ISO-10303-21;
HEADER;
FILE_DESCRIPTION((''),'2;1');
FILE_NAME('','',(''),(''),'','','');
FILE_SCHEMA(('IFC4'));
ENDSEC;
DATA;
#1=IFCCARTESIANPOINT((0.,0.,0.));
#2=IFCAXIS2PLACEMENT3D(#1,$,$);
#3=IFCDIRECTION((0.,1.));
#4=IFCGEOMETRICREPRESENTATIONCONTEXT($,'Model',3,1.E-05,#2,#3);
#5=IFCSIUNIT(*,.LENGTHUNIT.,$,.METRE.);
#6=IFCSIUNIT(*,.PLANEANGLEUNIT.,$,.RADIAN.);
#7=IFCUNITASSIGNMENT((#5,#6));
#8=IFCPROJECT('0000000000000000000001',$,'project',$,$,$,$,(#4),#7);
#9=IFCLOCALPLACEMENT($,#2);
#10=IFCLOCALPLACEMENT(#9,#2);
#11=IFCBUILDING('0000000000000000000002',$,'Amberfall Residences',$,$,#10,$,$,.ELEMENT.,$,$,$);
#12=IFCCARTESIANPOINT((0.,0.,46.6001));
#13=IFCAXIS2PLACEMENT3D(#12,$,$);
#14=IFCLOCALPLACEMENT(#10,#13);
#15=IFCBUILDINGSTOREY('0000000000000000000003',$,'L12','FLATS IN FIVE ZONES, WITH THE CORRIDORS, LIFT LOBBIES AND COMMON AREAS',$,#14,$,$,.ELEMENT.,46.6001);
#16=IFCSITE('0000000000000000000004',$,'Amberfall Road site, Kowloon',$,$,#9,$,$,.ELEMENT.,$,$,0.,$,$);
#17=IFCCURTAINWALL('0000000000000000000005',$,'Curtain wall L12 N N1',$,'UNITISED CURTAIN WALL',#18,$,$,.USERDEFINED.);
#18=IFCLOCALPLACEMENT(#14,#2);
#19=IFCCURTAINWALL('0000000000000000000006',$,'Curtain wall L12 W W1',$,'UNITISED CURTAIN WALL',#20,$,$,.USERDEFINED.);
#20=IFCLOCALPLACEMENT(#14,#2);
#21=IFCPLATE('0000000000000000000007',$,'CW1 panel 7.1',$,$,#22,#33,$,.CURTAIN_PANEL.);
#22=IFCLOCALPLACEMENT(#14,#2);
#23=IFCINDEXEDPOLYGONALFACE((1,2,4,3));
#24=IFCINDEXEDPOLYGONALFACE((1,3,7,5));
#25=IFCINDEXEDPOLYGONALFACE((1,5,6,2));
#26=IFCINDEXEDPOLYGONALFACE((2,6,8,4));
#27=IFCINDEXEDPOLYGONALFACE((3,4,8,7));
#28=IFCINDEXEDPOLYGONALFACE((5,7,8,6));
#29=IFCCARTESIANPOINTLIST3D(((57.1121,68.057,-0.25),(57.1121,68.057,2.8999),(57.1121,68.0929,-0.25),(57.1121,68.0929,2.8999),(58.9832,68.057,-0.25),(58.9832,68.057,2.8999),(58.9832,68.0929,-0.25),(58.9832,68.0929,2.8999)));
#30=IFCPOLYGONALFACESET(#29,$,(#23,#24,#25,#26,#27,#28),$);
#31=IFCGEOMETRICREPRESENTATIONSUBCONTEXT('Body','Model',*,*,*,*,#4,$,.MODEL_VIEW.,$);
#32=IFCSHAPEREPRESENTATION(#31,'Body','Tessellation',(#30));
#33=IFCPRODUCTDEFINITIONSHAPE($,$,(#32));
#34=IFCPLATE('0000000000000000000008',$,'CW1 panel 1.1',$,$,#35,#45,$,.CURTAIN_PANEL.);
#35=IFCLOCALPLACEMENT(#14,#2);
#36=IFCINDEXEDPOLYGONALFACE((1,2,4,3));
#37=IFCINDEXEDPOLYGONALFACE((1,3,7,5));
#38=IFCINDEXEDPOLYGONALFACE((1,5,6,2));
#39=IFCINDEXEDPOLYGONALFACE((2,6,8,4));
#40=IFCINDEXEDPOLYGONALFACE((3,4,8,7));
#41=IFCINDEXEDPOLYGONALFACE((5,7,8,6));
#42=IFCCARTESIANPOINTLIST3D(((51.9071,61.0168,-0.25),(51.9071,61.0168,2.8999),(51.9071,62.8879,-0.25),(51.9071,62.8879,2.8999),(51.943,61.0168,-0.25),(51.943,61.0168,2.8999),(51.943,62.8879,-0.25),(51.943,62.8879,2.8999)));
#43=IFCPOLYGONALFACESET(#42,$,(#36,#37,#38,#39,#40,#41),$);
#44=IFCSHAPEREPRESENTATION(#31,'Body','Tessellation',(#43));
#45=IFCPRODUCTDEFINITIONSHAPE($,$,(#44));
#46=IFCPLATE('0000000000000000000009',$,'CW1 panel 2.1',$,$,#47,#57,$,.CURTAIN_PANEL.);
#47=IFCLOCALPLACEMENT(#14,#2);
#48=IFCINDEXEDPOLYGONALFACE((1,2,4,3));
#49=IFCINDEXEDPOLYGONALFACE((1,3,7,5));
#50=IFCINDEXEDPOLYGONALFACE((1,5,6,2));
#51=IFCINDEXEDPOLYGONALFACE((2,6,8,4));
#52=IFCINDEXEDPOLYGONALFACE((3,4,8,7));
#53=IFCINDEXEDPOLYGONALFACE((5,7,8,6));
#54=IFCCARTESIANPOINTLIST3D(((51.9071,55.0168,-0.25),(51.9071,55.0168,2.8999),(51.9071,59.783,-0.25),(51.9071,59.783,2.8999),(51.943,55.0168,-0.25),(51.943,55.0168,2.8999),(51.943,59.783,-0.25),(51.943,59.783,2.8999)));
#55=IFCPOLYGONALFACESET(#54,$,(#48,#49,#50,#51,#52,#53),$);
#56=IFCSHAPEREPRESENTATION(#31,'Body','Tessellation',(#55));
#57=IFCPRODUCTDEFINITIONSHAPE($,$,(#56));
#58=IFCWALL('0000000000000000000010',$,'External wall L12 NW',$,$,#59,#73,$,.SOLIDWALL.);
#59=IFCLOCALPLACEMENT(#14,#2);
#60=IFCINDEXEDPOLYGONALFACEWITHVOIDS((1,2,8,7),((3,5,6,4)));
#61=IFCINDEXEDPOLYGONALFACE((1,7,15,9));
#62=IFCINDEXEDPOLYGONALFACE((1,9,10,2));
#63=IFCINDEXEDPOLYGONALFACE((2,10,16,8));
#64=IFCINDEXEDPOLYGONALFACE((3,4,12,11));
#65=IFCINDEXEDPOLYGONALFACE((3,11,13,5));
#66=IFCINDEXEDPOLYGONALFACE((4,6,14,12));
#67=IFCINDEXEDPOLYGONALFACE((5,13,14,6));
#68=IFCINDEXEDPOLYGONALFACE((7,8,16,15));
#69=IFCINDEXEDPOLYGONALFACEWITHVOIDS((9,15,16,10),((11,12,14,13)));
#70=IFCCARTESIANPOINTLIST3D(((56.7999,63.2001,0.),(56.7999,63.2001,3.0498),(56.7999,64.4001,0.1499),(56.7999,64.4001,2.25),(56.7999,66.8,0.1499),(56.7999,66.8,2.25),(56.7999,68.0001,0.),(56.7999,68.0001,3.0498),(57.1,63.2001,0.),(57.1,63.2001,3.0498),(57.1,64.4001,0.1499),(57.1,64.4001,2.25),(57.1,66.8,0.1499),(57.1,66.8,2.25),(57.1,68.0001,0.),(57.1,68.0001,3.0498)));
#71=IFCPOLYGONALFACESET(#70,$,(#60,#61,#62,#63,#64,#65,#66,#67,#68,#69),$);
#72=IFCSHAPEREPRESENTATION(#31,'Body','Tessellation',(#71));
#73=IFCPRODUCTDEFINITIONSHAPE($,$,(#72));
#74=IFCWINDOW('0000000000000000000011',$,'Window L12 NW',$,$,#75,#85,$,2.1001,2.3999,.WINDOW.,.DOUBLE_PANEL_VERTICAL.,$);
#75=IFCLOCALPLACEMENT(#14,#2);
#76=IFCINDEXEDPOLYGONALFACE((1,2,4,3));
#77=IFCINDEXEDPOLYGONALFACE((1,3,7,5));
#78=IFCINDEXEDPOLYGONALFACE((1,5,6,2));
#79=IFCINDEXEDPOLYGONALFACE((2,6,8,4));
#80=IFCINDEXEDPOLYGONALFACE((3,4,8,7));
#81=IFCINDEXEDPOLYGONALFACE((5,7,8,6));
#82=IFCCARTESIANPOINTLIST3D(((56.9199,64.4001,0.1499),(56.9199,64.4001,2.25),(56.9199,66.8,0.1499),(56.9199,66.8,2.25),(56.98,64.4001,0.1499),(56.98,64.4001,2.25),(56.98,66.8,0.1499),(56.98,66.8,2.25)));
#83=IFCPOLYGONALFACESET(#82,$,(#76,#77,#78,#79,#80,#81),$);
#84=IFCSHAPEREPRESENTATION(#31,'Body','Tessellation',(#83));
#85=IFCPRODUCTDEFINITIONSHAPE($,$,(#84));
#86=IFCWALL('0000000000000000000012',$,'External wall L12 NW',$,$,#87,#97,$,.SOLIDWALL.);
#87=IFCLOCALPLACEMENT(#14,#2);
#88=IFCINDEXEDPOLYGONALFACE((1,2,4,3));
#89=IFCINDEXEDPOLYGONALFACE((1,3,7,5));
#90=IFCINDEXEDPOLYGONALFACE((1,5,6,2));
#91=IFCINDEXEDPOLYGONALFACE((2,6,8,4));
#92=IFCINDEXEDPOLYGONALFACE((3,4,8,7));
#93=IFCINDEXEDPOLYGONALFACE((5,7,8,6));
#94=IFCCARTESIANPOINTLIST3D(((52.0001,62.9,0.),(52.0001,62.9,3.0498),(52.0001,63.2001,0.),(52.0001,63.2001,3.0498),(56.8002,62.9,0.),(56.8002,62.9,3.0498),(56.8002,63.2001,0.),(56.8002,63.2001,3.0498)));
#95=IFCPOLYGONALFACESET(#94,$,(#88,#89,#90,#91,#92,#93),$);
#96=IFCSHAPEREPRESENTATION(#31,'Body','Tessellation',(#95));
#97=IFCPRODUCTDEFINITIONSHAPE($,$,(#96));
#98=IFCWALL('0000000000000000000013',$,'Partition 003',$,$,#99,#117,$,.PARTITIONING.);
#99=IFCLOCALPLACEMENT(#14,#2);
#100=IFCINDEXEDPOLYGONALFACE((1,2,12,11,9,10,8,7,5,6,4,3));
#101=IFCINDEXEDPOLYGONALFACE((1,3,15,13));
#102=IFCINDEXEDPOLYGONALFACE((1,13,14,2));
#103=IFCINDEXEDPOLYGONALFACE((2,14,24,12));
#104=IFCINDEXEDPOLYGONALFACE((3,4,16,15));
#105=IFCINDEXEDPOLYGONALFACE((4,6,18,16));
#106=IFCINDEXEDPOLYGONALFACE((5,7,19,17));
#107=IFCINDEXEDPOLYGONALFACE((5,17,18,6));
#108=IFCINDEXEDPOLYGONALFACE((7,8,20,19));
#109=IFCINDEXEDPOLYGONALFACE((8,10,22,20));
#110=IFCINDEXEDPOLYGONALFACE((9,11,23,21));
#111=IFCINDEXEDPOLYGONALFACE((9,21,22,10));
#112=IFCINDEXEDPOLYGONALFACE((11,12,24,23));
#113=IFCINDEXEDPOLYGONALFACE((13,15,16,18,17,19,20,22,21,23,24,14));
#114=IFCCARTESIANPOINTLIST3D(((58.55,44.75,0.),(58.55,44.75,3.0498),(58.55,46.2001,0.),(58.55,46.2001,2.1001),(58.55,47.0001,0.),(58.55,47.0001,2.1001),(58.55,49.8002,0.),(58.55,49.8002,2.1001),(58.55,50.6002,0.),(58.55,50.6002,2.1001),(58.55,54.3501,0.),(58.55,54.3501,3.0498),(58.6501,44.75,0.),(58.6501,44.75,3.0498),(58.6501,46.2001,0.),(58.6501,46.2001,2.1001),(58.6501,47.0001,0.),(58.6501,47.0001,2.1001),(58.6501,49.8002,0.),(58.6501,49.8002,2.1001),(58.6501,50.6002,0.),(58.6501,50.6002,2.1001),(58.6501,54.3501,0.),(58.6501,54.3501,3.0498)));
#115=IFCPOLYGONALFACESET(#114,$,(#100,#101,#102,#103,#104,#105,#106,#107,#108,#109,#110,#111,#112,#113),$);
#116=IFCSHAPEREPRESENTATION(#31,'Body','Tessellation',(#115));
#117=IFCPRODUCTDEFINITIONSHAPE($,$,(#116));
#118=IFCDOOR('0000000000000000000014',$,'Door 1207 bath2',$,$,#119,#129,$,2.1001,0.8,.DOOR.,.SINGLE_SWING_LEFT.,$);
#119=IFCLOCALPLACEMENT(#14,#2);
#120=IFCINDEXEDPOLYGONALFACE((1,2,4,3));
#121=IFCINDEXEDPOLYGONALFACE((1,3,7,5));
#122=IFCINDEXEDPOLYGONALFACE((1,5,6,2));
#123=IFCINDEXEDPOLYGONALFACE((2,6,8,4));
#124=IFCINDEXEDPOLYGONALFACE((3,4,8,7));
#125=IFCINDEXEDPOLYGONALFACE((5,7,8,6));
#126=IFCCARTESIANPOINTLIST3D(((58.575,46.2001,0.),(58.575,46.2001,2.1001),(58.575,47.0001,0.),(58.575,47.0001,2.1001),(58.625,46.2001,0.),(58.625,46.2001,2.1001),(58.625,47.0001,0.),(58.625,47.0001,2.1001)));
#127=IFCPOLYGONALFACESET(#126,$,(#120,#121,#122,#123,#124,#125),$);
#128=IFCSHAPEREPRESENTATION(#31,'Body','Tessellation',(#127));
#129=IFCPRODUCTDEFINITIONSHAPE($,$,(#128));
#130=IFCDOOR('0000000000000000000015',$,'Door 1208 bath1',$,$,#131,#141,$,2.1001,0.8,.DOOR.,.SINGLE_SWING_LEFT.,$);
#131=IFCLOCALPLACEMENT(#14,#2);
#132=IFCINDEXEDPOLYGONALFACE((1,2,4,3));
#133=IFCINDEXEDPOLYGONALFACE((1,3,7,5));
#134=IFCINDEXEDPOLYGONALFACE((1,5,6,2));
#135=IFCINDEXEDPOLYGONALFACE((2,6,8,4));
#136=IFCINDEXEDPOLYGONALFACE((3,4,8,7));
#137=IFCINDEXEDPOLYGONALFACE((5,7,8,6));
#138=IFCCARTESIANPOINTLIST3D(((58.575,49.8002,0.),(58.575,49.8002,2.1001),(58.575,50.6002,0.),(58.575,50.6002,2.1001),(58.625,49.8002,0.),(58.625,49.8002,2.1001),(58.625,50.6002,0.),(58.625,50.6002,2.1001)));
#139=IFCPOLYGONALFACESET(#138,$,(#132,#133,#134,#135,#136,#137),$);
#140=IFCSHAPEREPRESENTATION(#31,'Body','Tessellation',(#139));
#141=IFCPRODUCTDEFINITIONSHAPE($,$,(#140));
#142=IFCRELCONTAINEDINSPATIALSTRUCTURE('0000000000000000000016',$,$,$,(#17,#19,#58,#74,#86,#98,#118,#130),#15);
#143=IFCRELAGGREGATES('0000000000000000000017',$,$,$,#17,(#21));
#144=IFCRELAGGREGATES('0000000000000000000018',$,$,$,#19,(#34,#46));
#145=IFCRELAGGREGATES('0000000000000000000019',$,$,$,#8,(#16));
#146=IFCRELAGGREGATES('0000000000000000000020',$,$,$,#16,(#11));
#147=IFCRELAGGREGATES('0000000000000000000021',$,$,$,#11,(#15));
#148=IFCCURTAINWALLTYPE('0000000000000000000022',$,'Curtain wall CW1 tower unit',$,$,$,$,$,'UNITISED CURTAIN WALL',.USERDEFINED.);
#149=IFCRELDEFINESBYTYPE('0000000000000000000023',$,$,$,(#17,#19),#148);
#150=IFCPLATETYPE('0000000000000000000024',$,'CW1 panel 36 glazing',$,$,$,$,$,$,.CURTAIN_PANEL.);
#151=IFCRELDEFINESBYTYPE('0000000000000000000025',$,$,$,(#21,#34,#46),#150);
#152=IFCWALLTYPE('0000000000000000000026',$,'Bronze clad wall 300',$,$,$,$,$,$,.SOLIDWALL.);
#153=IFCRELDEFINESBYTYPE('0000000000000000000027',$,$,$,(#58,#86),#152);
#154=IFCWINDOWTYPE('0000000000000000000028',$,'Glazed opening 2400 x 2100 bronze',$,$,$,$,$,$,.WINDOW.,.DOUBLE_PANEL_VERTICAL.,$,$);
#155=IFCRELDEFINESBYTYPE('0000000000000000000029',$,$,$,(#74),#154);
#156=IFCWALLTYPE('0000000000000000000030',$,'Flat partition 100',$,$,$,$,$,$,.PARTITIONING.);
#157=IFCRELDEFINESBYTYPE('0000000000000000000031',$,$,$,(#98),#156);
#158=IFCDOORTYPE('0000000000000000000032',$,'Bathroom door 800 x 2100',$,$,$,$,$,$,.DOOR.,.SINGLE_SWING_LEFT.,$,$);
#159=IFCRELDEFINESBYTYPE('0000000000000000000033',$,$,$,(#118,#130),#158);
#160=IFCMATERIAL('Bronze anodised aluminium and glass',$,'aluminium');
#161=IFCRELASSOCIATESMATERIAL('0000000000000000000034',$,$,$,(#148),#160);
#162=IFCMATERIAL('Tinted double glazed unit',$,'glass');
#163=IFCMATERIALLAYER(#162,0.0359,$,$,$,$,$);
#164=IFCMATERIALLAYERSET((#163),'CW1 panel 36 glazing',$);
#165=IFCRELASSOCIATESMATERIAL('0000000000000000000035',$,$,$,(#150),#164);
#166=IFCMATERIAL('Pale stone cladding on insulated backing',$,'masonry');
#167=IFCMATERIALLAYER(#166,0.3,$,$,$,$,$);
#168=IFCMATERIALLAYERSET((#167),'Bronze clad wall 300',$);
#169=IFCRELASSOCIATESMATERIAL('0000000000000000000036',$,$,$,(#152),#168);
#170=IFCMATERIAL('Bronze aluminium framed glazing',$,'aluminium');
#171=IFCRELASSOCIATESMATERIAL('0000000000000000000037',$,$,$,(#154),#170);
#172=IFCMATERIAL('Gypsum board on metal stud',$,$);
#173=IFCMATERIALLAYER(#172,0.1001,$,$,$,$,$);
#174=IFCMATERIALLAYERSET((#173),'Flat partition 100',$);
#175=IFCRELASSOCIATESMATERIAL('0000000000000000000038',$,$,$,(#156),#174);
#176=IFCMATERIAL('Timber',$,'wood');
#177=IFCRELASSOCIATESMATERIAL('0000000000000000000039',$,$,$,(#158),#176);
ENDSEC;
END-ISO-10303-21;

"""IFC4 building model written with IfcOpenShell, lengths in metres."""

from ifc_helpers import new_model, si_unit, direction, frame, frame_2d, origin, origin_2d, place, context, subcontext, project, spatial, rectangle, extrude, material, layer, layer_set, type_object, element, fill, aggregate, save


model = new_model("IFC4")

# Units and contexts
model_context = context("Model", 3, precision=1e-05, world=origin(), true_north=direction((0.0, 1.0)))
body_context = subcontext(model_context, "Body", "Model", "MODEL_VIEW")
ifc_project = project(units=[si_unit("LENGTHUNIT", "METRE"), si_unit("PLANEANGLEUNIT", "RADIAN")], contexts=[model_context])

# Site, building, storey
site_placement = place(None, origin())
site = spatial("IfcSite", under=ifc_project, at=site_placement, Name="Amberfall Road site, Kowloon", CompositionType="ELEMENT", RefElevation=0.0)
building_placement = place(site_placement, origin())
building = spatial("IfcBuilding", under=site, at=building_placement, Name="Amberfall Residences", CompositionType="ELEMENT")
storey_placement = place(building_placement, frame((0.0, 0.0, 46.6001)))
storey = spatial("IfcBuildingStorey", under=building, at=storey_placement, Name="L12", Description="FLATS IN FIVE ZONES, WITH THE CORRIDORS, LIFT LOBBIES AND COMMON AREAS", CompositionType="ELEMENT", Elevation=46.6001)

# Curtain wall
ifc_material_1 = material(Name="Bronze anodised aluminium and glass", Category="aluminium")
curtain_wall_type = type_object("IfcCurtainWallType", Name="Curtain wall CW1 tower unit", ElementType="UNITISED CURTAIN WALL", PredefinedType="USERDEFINED", material=ifc_material_1)
curtain_wall_1_placement = place(storey_placement, origin())
curtain_wall_1 = element("IfcCurtainWall", 1, at=curtain_wall_1_placement, inside=storey, type_object=curtain_wall_type, Name="Curtain wall L12 N N1", ObjectType="UNITISED CURTAIN WALL", PredefinedType="USERDEFINED")

# Curtain wall
curtain_wall_2_placement = place(storey_placement, origin())
curtain_wall_2 = element("IfcCurtainWall", 2, at=curtain_wall_2_placement, inside=storey, type_object=curtain_wall_type, Name="Curtain wall L12 W W1", ObjectType="UNITISED CURTAIN WALL", PredefinedType="USERDEFINED")

# Plates
ifc_material_2 = material(Name="Tinted double glazed unit", Category="glass")
ifc_layer_1 = layer(ifc_material_2, 0.0359)
ifc_layer_set_1 = layer_set([ifc_layer_1], Name="CW1 panel 36 glazing")
plate_type = type_object("IfcPlateType", Name="CW1 panel 36 glazing", PredefinedType="CURTAIN_PANEL", material=ifc_layer_set_1)
plate_1_placement = place(storey_placement, frame((58.0476, 68.075, -0.25), z_axis=(0.0, 0.0, 1.0), x_axis=(-1.0, 0.0, 0.0)))
plate_1 = element("IfcPlate", 3, at=plate_1_placement, type_object=plate_type, Name="CW1 panel 7.1", PredefinedType="CURTAIN_PANEL", context=body_context, shape_type="SweptSolid", body=[
    extrude(rectangle(XDim=1.8711, YDim=0.0359, at=origin_2d()), origin(), (0.0, 0.0, 1.0), 3.1499),
])
aggregate(curtain_wall_1, [plate_1])
plate_2_placement = place(storey_placement, frame((51.925, 61.9524, -0.25), z_axis=(0.0, 0.0, 1.0), x_axis=(0.0, -1.0, 0.0)))
plate_2 = element("IfcPlate", 4, at=plate_2_placement, type_object=plate_type, Name="CW1 panel 1.1", PredefinedType="CURTAIN_PANEL", context=body_context, shape_type="SweptSolid", body=[
    extrude(rectangle(XDim=1.8711, YDim=0.0359, at=origin_2d()), origin(), (0.0, 0.0, 1.0), 3.1499),
])
plate_3_placement = place(storey_placement, frame((51.925, 57.3999, -0.25), z_axis=(0.0, 0.0, 1.0), x_axis=(0.0, -1.0, 0.0)))
plate_3 = element("IfcPlate", 5, at=plate_3_placement, type_object=plate_type, Name="CW1 panel 2.1", PredefinedType="CURTAIN_PANEL", context=body_context, shape_type="SweptSolid", body=[
    extrude(rectangle(XDim=4.7661, YDim=0.0359, at=origin_2d()), origin(), (0.0, 0.0, 1.0), 3.1499),
])
aggregate(curtain_wall_2, [plate_2, plate_3])

# Wall, opening, window
ifc_material_3 = material(Name="Pale stone cladding on insulated backing", Category="masonry")
ifc_layer_2 = layer(ifc_material_3, 0.3)
ifc_layer_set_2 = layer_set([ifc_layer_2], Name="Bronze clad wall 300")
wall_type_1 = type_object("IfcWallType", Name="Bronze clad wall 300", PredefinedType="SOLIDWALL", material=ifc_layer_set_2)
wall_1_placement = place(storey_placement, frame((56.95, 68.0, 0.0), z_axis=(0.0, 0.0, 1.0), x_axis=(0.0, -1.0, 0.0)))
wall_1 = element("IfcWall", 6, at=wall_1_placement, inside=storey, type_object=wall_type_1, Name="External wall L12 NW", PredefinedType="SOLIDWALL", context=body_context, shape_type="SweptSolid", body=[
    extrude(rectangle(XDim=4.8, YDim=0.3, at=frame_2d((2.3999, 0.0))), origin(), (0.0, 0.0, 1.0), 3.0498),
])
opening_1_placement = place(wall_1_placement, frame((1.2, 0.0, 0.1499)))
opening_1 = element("IfcOpeningElement", 7, at=opening_1_placement, cuts=wall_1, PredefinedType="OPENING", context=body_context, shape_type="SweptSolid", body=[
    extrude(rectangle(XDim=2.3999, YDim=2.1001, at=frame_2d((1.2, 1.05))), frame((0.0, 0.1599, 0.0), z_axis=(0.0, -1.0, 0.0), x_axis=(1.0, 0.0, 0.0)), (0.0, 0.0, 1.0), 0.3201),
])
ifc_material_4 = material(Name="Bronze aluminium framed glazing", Category="aluminium")
window_type = type_object("IfcWindowType", Name="Glazed opening 2400 x 2100 bronze", PartitioningType="DOUBLE_PANEL_VERTICAL", PredefinedType="WINDOW", material=ifc_material_4)
window_placement = place(opening_1_placement, origin())
window = element("IfcWindow", 8, at=window_placement, inside=storey, type_object=window_type, Name="Window L12 NW", OverallHeight=2.1001, OverallWidth=2.3999, PartitioningType="DOUBLE_PANEL_VERTICAL", PredefinedType="WINDOW", context=body_context, shape_type="SweptSolid", body=[
    extrude(rectangle(XDim=2.3999, YDim=2.1001, at=frame_2d((1.2, 1.05))), frame((0.0, 0.03, 0.0), z_axis=(0.0, -1.0, 0.0), x_axis=(1.0, 0.0, 0.0)), (0.0, 0.0, 1.0), 0.0601),
])
fill(opening_1, window)

# Wall
wall_2_placement = place(storey_placement, frame((56.8, 63.05, 0.0), z_axis=(0.0, 0.0, 1.0), x_axis=(-1.0, 0.0, 0.0)))
element("IfcWall", 9, at=wall_2_placement, inside=storey, type_object=wall_type_1, Name="External wall L12 NW", PredefinedType="SOLIDWALL", context=body_context, shape_type="SweptSolid", body=[
    extrude(rectangle(XDim=4.8, YDim=0.3, at=frame_2d((2.3999, 0.0))), origin(), (0.0, 0.0, 1.0), 3.0498),
])

# Wall, openings, doors
ifc_material_5 = material(Name="Gypsum board on metal stud")
ifc_layer_3 = layer(ifc_material_5, 0.1001)
ifc_layer_set_3 = layer_set([ifc_layer_3], Name="Flat partition 100")
wall_type_2 = type_object("IfcWallType", Name="Flat partition 100", PredefinedType="PARTITIONING", material=ifc_layer_set_3)
wall_3_placement = place(storey_placement, frame((58.6001, 54.3501, 0.0), z_axis=(0.0, 0.0, 1.0), x_axis=(0.0, -1.0, 0.0)))
wall_3 = element("IfcWall", 10, at=wall_3_placement, inside=storey, type_object=wall_type_2, Name="Partition 003", PredefinedType="PARTITIONING", context=body_context, shape_type="SweptSolid", body=[
    extrude(rectangle(XDim=9.6001, YDim=0.1001, at=frame_2d((4.8, 0.0))), origin(), (0.0, 0.0, 1.0), 3.0498),
])
opening_2_placement = place(wall_3_placement, frame((7.3501, 0.0, 0.0)))
opening_2 = element("IfcOpeningElement", 11, at=opening_2_placement, cuts=wall_3, PredefinedType="OPENING", context=body_context, shape_type="SweptSolid", body=[
    extrude(rectangle(XDim=0.8, YDim=2.1001, at=frame_2d((0.3999, 1.05))), frame((0.0, 0.0601, 0.0), z_axis=(0.0, -1.0, 0.0), x_axis=(1.0, 0.0, 0.0)), (0.0, 0.0, 1.0), 0.1201),
])
opening_3_placement = place(wall_3_placement, frame((3.75, 0.0, 0.0)))
opening_3 = element("IfcOpeningElement", 12, at=opening_3_placement, cuts=wall_3, PredefinedType="OPENING", context=body_context, shape_type="SweptSolid", body=[
    extrude(rectangle(XDim=0.8, YDim=2.1001, at=frame_2d((0.3999, 1.05))), frame((0.0, 0.0601, 0.0), z_axis=(0.0, -1.0, 0.0), x_axis=(1.0, 0.0, 0.0)), (0.0, 0.0, 1.0), 0.1201),
])
ifc_material_6 = material(Name="Timber", Category="wood")
door_type = type_object("IfcDoorType", Name="Bathroom door 800 x 2100", OperationType="SINGLE_SWING_LEFT", PredefinedType="DOOR", material=ifc_material_6)
door_1_placement = place(opening_2_placement, origin())
door_1 = element("IfcDoor", 13, at=door_1_placement, inside=storey, type_object=door_type, Name="Door 1207 bath2", OperationType="SINGLE_SWING_LEFT", OverallHeight=2.1001, OverallWidth=0.8, PredefinedType="DOOR", context=body_context, shape_type="SweptSolid", body=[
    extrude(rectangle(XDim=0.8, YDim=2.1001, at=frame_2d((0.3999, 1.05))), frame((0.0, 0.0249, 0.0), z_axis=(0.0, -1.0, 0.0), x_axis=(1.0, 0.0, 0.0)), (0.0, 0.0, 1.0), 0.05),
])
fill(opening_2, door_1)
door_2_placement = place(opening_3_placement, origin())
door_2 = element("IfcDoor", 14, at=door_2_placement, inside=storey, type_object=door_type, Name="Door 1208 bath1", OperationType="SINGLE_SWING_LEFT", OverallHeight=2.1001, OverallWidth=0.8, PredefinedType="DOOR", context=body_context, shape_type="SweptSolid", body=[
    extrude(rectangle(XDim=0.8, YDim=2.1001, at=frame_2d((0.3999, 1.05))), frame((0.0, 0.0249, 0.0), z_axis=(0.0, -1.0, 0.0), x_axis=(1.0, 0.0, 0.0)), (0.0, 0.0, 1.0), 0.05),
])
fill(opening_3, door_2)

save(model, "model.ifc")
